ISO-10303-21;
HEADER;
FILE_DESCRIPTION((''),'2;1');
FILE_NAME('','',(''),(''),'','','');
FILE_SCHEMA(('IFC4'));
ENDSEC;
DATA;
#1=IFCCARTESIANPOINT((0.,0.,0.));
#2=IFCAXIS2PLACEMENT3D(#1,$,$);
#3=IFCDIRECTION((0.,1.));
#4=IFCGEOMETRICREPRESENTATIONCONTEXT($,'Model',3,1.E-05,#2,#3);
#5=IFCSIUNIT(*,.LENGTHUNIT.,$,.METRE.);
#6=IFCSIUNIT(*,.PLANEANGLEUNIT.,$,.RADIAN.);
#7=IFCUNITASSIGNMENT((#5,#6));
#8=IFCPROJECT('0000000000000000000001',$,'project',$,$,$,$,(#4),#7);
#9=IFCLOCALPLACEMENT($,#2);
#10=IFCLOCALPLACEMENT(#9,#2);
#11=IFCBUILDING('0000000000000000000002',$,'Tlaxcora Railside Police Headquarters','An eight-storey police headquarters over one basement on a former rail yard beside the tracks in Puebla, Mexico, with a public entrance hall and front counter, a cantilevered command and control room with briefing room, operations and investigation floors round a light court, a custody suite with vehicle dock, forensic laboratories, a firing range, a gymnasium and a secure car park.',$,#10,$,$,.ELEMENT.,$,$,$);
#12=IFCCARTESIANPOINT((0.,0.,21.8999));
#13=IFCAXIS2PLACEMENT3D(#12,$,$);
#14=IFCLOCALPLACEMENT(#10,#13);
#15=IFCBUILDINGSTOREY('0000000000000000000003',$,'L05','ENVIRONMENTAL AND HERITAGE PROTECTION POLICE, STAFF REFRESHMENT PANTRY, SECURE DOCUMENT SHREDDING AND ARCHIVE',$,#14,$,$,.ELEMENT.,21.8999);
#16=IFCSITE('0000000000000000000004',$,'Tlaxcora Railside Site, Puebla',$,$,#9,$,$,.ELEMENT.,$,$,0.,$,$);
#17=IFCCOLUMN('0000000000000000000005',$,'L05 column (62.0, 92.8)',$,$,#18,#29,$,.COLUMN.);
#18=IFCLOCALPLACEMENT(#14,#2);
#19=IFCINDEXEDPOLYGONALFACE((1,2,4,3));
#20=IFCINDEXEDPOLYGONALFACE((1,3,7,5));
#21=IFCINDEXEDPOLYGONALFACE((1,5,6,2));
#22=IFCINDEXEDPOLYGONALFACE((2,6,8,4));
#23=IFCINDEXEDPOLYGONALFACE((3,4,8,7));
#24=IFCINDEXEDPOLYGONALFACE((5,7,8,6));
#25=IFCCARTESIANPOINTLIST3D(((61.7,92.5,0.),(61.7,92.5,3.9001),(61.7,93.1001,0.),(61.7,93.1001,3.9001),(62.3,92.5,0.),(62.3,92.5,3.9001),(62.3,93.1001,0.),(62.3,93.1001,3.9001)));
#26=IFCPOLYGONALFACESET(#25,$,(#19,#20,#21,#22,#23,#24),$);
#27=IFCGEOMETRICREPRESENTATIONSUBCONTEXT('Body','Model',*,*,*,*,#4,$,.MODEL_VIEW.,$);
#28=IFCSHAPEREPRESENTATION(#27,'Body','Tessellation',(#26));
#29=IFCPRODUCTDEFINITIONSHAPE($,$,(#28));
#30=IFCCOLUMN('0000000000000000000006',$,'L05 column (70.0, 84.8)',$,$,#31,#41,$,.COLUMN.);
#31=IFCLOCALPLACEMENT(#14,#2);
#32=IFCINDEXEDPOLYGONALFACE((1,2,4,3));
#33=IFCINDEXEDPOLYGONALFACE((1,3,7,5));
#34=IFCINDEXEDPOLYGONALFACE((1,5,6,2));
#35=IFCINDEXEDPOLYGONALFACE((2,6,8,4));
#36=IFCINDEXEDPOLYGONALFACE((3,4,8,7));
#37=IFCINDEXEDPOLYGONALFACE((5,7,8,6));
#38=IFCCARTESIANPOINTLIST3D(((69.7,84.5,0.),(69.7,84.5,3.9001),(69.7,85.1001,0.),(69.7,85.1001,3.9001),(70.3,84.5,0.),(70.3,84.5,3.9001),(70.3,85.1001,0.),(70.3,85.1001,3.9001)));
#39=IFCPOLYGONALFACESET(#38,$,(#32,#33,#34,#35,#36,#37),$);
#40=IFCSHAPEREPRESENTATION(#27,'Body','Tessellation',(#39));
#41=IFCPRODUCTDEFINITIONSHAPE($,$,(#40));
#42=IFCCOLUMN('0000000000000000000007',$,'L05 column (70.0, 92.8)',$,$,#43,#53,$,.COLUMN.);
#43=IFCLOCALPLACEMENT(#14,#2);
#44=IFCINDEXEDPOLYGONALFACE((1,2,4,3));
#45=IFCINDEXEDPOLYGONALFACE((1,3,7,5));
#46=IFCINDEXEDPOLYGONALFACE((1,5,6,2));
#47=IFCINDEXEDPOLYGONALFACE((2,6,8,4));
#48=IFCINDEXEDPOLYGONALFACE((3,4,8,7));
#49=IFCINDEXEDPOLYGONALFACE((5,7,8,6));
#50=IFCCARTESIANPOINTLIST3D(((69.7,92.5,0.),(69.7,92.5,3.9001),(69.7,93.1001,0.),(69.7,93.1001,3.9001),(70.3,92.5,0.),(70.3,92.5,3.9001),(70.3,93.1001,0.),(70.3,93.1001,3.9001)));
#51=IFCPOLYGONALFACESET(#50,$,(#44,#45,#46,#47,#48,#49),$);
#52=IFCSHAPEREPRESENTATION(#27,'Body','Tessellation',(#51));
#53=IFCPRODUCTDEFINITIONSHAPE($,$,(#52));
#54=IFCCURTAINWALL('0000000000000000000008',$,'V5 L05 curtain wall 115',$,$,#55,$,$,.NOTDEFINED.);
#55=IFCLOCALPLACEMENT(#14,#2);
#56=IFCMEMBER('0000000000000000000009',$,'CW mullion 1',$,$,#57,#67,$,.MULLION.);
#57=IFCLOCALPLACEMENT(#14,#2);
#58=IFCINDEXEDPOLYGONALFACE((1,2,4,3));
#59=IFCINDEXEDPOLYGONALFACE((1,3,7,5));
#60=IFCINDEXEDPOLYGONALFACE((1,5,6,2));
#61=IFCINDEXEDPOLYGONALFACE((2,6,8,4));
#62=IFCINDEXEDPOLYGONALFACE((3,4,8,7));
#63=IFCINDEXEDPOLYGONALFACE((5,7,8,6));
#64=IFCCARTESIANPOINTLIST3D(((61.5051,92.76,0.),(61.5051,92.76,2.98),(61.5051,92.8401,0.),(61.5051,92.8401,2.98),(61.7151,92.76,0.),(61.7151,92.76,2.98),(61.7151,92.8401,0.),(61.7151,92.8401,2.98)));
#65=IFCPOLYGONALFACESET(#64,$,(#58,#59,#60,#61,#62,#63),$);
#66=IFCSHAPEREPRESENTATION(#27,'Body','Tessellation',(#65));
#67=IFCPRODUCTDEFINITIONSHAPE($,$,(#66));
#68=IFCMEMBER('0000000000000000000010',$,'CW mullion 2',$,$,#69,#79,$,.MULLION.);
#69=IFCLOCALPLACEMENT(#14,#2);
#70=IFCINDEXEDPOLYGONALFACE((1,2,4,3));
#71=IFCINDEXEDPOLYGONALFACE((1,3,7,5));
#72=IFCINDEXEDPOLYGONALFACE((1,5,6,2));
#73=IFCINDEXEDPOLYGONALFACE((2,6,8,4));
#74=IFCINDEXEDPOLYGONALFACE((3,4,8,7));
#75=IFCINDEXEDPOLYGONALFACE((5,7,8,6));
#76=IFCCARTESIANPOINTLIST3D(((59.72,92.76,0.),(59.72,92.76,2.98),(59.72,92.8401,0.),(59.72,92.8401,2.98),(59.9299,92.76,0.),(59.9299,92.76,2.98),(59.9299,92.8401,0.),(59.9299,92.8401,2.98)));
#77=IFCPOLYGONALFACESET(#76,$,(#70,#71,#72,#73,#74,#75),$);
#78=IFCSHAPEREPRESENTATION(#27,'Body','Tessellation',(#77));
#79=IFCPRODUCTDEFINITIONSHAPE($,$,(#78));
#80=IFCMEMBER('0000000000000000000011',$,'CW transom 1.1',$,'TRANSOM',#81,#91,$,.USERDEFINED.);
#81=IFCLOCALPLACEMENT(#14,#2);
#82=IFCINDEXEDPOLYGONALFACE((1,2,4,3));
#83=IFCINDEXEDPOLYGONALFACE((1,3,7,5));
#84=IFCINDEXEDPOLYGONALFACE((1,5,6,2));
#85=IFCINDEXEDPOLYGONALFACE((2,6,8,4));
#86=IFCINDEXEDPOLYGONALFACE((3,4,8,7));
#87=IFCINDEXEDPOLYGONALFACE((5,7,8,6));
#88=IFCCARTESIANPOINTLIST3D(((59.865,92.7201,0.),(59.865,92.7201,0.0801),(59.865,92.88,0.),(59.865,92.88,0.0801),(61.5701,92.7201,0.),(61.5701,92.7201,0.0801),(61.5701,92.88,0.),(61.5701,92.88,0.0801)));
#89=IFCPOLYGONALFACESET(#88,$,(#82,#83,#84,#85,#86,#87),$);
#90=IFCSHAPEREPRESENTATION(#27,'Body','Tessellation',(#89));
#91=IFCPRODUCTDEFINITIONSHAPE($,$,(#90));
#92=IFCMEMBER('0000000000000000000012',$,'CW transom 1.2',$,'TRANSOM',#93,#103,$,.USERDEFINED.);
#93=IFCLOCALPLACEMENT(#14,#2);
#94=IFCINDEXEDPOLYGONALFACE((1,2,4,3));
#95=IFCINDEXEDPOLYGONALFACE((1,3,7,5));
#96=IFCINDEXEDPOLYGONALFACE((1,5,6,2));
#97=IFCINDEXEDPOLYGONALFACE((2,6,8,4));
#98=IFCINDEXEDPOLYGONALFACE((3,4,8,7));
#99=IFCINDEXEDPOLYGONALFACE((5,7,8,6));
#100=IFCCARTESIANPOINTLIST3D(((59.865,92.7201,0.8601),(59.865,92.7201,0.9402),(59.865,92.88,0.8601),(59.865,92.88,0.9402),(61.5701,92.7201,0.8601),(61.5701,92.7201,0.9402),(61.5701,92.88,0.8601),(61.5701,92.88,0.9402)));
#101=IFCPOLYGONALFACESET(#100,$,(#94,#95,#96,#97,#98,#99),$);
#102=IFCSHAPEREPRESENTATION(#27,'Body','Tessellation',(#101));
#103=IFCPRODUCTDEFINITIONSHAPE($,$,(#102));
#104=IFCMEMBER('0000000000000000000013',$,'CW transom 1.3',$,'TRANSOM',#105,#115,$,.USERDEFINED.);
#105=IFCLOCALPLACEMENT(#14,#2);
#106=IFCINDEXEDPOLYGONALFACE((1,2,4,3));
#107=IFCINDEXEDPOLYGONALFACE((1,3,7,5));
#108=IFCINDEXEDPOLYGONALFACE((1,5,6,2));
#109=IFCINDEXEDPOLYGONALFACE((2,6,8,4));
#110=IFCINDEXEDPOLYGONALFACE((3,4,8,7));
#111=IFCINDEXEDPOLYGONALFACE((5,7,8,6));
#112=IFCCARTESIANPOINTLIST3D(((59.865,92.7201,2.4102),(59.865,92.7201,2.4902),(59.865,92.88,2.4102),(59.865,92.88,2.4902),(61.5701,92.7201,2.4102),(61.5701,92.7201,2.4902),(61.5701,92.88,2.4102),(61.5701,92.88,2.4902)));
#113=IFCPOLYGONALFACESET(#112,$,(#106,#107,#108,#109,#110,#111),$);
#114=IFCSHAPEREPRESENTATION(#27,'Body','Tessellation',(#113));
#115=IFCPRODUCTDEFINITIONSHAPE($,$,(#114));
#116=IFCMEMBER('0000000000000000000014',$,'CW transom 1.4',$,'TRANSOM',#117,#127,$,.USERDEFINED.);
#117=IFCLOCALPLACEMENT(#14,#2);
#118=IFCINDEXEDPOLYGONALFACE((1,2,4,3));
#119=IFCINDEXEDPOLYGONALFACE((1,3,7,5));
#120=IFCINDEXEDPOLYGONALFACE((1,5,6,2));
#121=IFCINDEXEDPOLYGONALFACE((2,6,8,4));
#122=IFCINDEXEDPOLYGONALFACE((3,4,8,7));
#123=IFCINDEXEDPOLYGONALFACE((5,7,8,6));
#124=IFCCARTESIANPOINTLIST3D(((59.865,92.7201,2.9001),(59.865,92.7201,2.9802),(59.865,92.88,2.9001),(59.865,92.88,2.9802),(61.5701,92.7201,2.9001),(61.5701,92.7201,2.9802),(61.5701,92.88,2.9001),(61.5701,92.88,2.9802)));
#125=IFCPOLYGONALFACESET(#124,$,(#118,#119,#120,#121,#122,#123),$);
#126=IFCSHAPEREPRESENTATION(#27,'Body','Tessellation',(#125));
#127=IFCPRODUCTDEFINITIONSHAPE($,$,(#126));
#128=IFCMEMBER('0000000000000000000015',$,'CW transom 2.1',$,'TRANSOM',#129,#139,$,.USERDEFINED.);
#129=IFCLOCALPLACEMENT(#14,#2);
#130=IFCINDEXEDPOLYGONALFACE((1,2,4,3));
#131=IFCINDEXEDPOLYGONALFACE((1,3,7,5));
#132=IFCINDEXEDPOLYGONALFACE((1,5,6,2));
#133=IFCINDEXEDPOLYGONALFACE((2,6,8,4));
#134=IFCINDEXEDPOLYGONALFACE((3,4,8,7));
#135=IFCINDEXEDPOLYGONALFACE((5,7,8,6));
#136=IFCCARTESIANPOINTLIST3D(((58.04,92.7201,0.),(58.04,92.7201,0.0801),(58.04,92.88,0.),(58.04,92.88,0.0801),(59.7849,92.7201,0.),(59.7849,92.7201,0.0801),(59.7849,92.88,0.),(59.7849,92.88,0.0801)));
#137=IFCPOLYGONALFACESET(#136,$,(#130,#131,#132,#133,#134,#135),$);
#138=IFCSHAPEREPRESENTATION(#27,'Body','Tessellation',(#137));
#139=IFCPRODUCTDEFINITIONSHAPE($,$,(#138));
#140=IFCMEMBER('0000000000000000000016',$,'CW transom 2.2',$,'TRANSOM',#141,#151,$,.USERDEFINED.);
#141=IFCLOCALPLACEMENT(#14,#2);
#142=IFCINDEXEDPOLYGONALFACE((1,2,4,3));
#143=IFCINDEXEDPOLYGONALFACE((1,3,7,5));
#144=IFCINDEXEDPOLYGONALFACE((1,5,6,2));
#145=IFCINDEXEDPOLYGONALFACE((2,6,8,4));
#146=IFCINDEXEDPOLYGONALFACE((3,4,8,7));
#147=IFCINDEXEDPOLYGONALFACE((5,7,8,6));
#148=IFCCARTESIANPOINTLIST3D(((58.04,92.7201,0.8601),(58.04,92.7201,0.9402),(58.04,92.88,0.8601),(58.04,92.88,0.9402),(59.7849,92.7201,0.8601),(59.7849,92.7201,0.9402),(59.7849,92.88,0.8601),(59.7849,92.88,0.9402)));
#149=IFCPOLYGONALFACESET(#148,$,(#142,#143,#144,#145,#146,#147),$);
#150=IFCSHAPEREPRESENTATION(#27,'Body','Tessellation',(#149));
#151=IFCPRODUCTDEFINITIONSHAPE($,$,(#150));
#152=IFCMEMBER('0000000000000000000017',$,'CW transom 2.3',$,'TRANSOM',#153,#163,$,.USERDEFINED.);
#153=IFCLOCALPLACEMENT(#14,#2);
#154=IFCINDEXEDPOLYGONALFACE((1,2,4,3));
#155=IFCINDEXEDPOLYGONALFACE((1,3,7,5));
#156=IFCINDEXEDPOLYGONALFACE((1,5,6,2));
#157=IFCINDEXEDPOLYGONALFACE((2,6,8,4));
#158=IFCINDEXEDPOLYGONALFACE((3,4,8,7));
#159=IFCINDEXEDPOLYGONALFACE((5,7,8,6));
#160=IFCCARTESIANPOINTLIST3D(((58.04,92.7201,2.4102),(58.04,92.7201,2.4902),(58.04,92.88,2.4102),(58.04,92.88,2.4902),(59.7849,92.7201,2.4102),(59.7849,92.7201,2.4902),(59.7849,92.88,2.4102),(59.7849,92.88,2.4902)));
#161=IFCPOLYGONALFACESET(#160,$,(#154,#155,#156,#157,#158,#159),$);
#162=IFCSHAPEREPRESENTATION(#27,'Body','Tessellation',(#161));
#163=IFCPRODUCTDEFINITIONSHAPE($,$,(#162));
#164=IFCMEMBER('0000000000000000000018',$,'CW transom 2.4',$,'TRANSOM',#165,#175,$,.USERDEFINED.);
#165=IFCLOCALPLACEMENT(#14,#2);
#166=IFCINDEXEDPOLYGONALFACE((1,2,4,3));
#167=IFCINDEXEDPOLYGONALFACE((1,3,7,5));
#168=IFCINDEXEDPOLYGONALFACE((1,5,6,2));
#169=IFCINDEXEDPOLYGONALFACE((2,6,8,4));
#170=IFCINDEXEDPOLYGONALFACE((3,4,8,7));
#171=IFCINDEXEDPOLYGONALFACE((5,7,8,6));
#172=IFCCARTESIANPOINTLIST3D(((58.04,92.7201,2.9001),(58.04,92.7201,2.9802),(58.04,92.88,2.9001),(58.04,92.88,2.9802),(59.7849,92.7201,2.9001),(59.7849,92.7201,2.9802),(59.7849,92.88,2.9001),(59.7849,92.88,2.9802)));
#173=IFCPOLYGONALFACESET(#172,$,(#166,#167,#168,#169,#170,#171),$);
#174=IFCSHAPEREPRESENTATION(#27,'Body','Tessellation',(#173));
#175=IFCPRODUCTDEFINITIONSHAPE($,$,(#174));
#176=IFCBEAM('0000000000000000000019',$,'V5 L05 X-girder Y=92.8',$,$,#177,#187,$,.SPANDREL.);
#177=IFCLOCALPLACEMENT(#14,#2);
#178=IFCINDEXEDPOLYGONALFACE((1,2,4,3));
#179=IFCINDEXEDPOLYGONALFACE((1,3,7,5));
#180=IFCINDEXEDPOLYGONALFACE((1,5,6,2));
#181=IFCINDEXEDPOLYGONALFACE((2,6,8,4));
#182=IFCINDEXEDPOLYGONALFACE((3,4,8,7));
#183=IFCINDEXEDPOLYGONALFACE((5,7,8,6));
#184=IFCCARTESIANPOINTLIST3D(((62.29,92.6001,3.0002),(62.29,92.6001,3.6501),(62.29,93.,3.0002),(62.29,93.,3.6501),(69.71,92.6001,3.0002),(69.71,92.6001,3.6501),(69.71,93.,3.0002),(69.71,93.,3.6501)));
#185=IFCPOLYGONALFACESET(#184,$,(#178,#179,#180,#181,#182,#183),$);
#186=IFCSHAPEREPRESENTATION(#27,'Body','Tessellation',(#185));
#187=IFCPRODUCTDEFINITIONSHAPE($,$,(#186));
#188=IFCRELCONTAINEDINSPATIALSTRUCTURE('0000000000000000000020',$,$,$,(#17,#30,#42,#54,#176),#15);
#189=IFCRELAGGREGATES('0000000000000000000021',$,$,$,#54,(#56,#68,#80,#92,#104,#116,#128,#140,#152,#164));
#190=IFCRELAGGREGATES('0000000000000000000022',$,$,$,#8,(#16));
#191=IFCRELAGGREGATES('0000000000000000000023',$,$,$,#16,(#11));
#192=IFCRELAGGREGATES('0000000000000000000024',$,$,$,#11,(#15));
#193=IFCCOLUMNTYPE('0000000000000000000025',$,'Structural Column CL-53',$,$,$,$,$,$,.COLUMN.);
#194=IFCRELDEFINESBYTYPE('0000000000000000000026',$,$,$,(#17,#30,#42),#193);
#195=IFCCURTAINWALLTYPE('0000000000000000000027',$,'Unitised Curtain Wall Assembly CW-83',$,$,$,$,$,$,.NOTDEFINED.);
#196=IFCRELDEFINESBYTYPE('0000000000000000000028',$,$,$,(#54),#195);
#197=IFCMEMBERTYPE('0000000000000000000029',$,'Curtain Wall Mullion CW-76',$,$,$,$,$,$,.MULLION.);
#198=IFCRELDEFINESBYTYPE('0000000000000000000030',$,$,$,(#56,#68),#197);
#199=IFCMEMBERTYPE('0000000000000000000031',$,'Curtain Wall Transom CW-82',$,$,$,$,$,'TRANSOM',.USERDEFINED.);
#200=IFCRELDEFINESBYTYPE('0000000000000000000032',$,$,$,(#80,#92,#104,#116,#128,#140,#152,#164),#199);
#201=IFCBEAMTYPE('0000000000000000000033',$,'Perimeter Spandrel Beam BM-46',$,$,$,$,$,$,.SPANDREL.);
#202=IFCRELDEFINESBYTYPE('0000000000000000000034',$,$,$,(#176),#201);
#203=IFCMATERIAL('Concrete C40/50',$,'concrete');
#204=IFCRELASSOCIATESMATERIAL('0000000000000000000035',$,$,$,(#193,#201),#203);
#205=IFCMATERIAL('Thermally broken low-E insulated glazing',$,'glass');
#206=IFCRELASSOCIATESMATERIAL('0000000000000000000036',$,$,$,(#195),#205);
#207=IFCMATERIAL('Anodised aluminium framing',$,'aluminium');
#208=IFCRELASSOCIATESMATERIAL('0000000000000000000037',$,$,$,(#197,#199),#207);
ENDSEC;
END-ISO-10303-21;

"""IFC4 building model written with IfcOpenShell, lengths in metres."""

from ifc_helpers import new_model, si_unit, direction, frame, origin, origin_2d, place, context, subcontext, project, spatial, rectangle, extrude, material, material_profile, profile_set, type_object, element, aggregate, save


model = new_model("IFC4")

# Units and contexts
model_context = context("Model", 3, precision=1e-05, world=origin(), true_north=direction((0.0, 1.0)))
body_context = subcontext(model_context, "Body", "Model", "MODEL_VIEW")
ifc_project = project(units=[si_unit("LENGTHUNIT", "METRE"), si_unit("PLANEANGLEUNIT", "RADIAN")], contexts=[model_context])

# Site, building, storey
site_placement = place(None, origin())
site = spatial("IfcSite", under=ifc_project, at=site_placement, Name="Tlaxcora Railside Site, Puebla", CompositionType="ELEMENT", RefElevation=0.0)
building_placement = place(site_placement, origin())
building = spatial("IfcBuilding", under=site, at=building_placement, Name="Tlaxcora Railside Police Headquarters", Description="An eight-storey police headquarters over one basement on a former rail yard beside the tracks in Puebla, Mexico, with a public entrance hall and front counter, a cantilevered command and control room with briefing room, operations and investigation floors round a light court, a custody suite with vehicle dock, forensic laboratories, a firing range, a gymnasium and a secure car park.", CompositionType="ELEMENT")
storey_placement = place(building_placement, frame((0.0, 0.0, 21.8999)))
storey = spatial("IfcBuildingStorey", under=building, at=storey_placement, Name="L05", Description="ENVIRONMENTAL AND HERITAGE PROTECTION POLICE, STAFF REFRESHMENT PANTRY, SECURE DOCUMENT SHREDDING AND ARCHIVE", CompositionType="ELEMENT", Elevation=21.8999)

# Columns
ifc_material_1 = material(Name="Concrete C40/50", Category="concrete")
ifc_material_profile_1 = material_profile(ifc_material_1, rectangle(XDim=0.6001, YDim=0.6001, at=origin_2d()), Name="RC600X600")
ifc_profile_set_1 = profile_set([ifc_material_profile_1], Name="Concrete C40/50")
column_type = type_object("IfcColumnType", Name="Structural Column CL-53", PredefinedType="COLUMN", material=ifc_profile_set_1)
for number, where, z_axis, x_axis, name in (
    (1, (62.0, 92.8, 0.0), (0.0, 0.0, 1.0), (1.0, 0.0, 0.0), "L05 column (62.0, 92.8)"),
    (2, (70.0, 84.8, 0.0), (0.0, 0.0, 1.0), (1.0, 0.0, 0.0), "L05 column (70.0, 84.8)"),
    (3, (70.0, 92.8, 0.0), (0.0, 0.0, 1.0), (1.0, 0.0, 0.0), "L05 column (70.0, 92.8)"),
):
    element("IfcColumn", number, at=place(storey_placement, frame(where, z_axis=z_axis, x_axis=x_axis)), inside=storey, type_object=column_type, Name=name, PredefinedType="COLUMN", context=body_context, shape_type="SweptSolid", body=[
        extrude(rectangle(XDim=0.6001, YDim=0.6001, at=origin_2d()), origin(), (0.0, 0.0, 1.0), 3.9001),
    ])

# Curtain wall, members
ifc_material_2 = material(Name="Thermally broken low-E insulated glazing", Category="glass")
curtain_wall_type = type_object("IfcCurtainWallType", Name="Unitised Curtain Wall Assembly CW-83", PredefinedType="NOTDEFINED", material=ifc_material_2)
curtain_wall_placement = place(storey_placement, origin())
curtain_wall = element("IfcCurtainWall", 4, at=curtain_wall_placement, inside=storey, type_object=curtain_wall_type, Name="V5 L05 curtain wall 115", PredefinedType="NOTDEFINED")
ifc_material_3 = material(Name="Anodised aluminium framing", Category="aluminium")
ifc_material_profile_2 = material_profile(ifc_material_3, rectangle(XDim=0.0801, YDim=0.21, at=origin_2d()), Name="AL80X210")
ifc_profile_set_2 = profile_set([ifc_material_profile_2], Name="Anodised aluminium framing")
member_type_1 = type_object("IfcMemberType", Name="Curtain Wall Mullion CW-76", PredefinedType="MULLION", material=ifc_profile_set_2)
member_1_placement = place(storey_placement, frame((61.6101, 92.8, 0.0), z_axis=(0.0, 0.0, 1.0), x_axis=(0.0, -1.0, 0.0)))
member_1 = element("IfcMember", 5, at=member_1_placement, type_object=member_type_1, Name="CW mullion 1", PredefinedType="MULLION", context=body_context, shape_type="SweptSolid", body=[
    extrude(rectangle(XDim=0.0801, YDim=0.21, at=origin_2d()), origin(), (0.0, 0.0, 1.0), 2.98),
])
member_2_placement = place(storey_placement, frame((59.825, 92.8, 0.0), z_axis=(0.0, 0.0, 1.0), x_axis=(0.0, -1.0, 0.0)))
member_2 = element("IfcMember", 6, at=member_2_placement, type_object=member_type_1, Name="CW mullion 2", PredefinedType="MULLION", context=body_context, shape_type="SweptSolid", body=[
    extrude(rectangle(XDim=0.0801, YDim=0.21, at=origin_2d()), origin(), (0.0, 0.0, 1.0), 2.98),
])
ifc_material_profile_3 = material_profile(ifc_material_3, rectangle(XDim=0.1599, YDim=0.0801, at=origin_2d()), Name="AL80X160")
ifc_profile_set_3 = profile_set([ifc_material_profile_3], Name="Anodised aluminium framing")
member_type_2 = type_object("IfcMemberType", Name="Curtain Wall Transom CW-82", ElementType="TRANSOM", PredefinedType="USERDEFINED", material=ifc_profile_set_3)
member_3_placement = place(storey_placement, frame((61.5701, 92.8, 0.04), z_axis=(-1.0, 0.0, 0.0), x_axis=(0.0, -1.0, 0.0)))
member_3 = element("IfcMember", 7, at=member_3_placement, type_object=member_type_2, Name="CW transom 1.1", ObjectType="TRANSOM", PredefinedType="USERDEFINED", context=body_context, shape_type="SweptSolid", body=[
    extrude(rectangle(XDim=0.1599, YDim=0.0801, at=origin_2d()), origin(), (0.0, 0.0, 1.0), 1.7051),
])
member_4_placement = place(storey_placement, frame((61.5701, 92.8, 0.9001), z_axis=(-1.0, 0.0, 0.0), x_axis=(0.0, -1.0, 0.0)))
member_4 = element("IfcMember", 8, at=member_4_placement, type_object=member_type_2, Name="CW transom 1.2", ObjectType="TRANSOM", PredefinedType="USERDEFINED", context=body_context, shape_type="SweptSolid", body=[
    extrude(rectangle(XDim=0.1599, YDim=0.0801, at=origin_2d()), origin(), (0.0, 0.0, 1.0), 1.7051),
])
member_5_placement = place(storey_placement, frame((61.5701, 92.8, 2.4502), z_axis=(-1.0, 0.0, 0.0), x_axis=(0.0, -1.0, 0.0)))
member_5 = element("IfcMember", 9, at=member_5_placement, type_object=member_type_2, Name="CW transom 1.3", ObjectType="TRANSOM", PredefinedType="USERDEFINED", context=body_context, shape_type="SweptSolid", body=[
    extrude(rectangle(XDim=0.1599, YDim=0.0801, at=origin_2d()), origin(), (0.0, 0.0, 1.0), 1.7051),
])
member_6_placement = place(storey_placement, frame((61.5701, 92.8, 2.9402), z_axis=(-1.0, 0.0, 0.0), x_axis=(0.0, -1.0, 0.0)))
member_6 = element("IfcMember", 10, at=member_6_placement, type_object=member_type_2, Name="CW transom 1.4", ObjectType="TRANSOM", PredefinedType="USERDEFINED", context=body_context, shape_type="SweptSolid", body=[
    extrude(rectangle(XDim=0.1599, YDim=0.0801, at=origin_2d()), origin(), (0.0, 0.0, 1.0), 1.7051),
])
member_7_placement = place(storey_placement, frame((59.7849, 92.8, 0.04), z_axis=(-1.0, 0.0, 0.0), x_axis=(0.0, -1.0, 0.0)))
member_7 = element("IfcMember", 11, at=member_7_placement, type_object=member_type_2, Name="CW transom 2.1", ObjectType="TRANSOM", PredefinedType="USERDEFINED", context=body_context, shape_type="SweptSolid", body=[
    extrude(rectangle(XDim=0.1599, YDim=0.0801, at=origin_2d()), origin(), (0.0, 0.0, 1.0), 1.7449),
])
member_8_placement = place(storey_placement, frame((59.7849, 92.8, 0.9001), z_axis=(-1.0, 0.0, 0.0), x_axis=(0.0, -1.0, 0.0)))
member_8 = element("IfcMember", 12, at=member_8_placement, type_object=member_type_2, Name="CW transom 2.2", ObjectType="TRANSOM", PredefinedType="USERDEFINED", context=body_context, shape_type="SweptSolid", body=[
    extrude(rectangle(XDim=0.1599, YDim=0.0801, at=origin_2d()), origin(), (0.0, 0.0, 1.0), 1.7449),
])
member_9_placement = place(storey_placement, frame((59.7849, 92.8, 2.4502), z_axis=(-1.0, 0.0, 0.0), x_axis=(0.0, -1.0, 0.0)))
member_9 = element("IfcMember", 13, at=member_9_placement, type_object=member_type_2, Name="CW transom 2.3", ObjectType="TRANSOM", PredefinedType="USERDEFINED", context=body_context, shape_type="SweptSolid", body=[
    extrude(rectangle(XDim=0.1599, YDim=0.0801, at=origin_2d()), origin(), (0.0, 0.0, 1.0), 1.7449),
])
member_10_placement = place(storey_placement, frame((59.7849, 92.8, 2.9402), z_axis=(-1.0, 0.0, 0.0), x_axis=(0.0, -1.0, 0.0)))
member_10 = element("IfcMember", 14, at=member_10_placement, type_object=member_type_2, Name="CW transom 2.4", ObjectType="TRANSOM", PredefinedType="USERDEFINED", context=body_context, shape_type="SweptSolid", body=[
    extrude(rectangle(XDim=0.1599, YDim=0.0801, at=origin_2d()), origin(), (0.0, 0.0, 1.0), 1.7449),
])

# Beam
ifc_material_profile_4 = material_profile(ifc_material_1, rectangle(XDim=0.3999, YDim=0.6499, at=origin_2d()), Name="RC400X650")
ifc_profile_set_4 = profile_set([ifc_material_profile_4], Name="Concrete C40/50")
beam_type_1 = type_object("IfcBeamType", Name="Perimeter Spandrel Beam BM-46", PredefinedType="SPANDREL", material=ifc_profile_set_4)
beam_1_placement = place(storey_placement, frame((62.29, 92.8, 3.3252), z_axis=(1.0, 0.0, 0.0), x_axis=(0.0, 1.0, 0.0)))
element("IfcBeam", 15, at=beam_1_placement, inside=storey, type_object=beam_type_1, Name="V5 L05 X-girder Y=92.8", PredefinedType="SPANDREL", context=body_context, shape_type="SweptSolid", body=[
    extrude(rectangle(XDim=0.3999, YDim=0.6499, at=origin_2d()), origin(), (0.0, 0.0, 1.0), 7.4199),
])

aggregate(curtain_wall, [member_1, member_2, member_3, member_4, member_5, member_6, member_7, member_8, member_9, member_10])

save(model, "model.ifc")
